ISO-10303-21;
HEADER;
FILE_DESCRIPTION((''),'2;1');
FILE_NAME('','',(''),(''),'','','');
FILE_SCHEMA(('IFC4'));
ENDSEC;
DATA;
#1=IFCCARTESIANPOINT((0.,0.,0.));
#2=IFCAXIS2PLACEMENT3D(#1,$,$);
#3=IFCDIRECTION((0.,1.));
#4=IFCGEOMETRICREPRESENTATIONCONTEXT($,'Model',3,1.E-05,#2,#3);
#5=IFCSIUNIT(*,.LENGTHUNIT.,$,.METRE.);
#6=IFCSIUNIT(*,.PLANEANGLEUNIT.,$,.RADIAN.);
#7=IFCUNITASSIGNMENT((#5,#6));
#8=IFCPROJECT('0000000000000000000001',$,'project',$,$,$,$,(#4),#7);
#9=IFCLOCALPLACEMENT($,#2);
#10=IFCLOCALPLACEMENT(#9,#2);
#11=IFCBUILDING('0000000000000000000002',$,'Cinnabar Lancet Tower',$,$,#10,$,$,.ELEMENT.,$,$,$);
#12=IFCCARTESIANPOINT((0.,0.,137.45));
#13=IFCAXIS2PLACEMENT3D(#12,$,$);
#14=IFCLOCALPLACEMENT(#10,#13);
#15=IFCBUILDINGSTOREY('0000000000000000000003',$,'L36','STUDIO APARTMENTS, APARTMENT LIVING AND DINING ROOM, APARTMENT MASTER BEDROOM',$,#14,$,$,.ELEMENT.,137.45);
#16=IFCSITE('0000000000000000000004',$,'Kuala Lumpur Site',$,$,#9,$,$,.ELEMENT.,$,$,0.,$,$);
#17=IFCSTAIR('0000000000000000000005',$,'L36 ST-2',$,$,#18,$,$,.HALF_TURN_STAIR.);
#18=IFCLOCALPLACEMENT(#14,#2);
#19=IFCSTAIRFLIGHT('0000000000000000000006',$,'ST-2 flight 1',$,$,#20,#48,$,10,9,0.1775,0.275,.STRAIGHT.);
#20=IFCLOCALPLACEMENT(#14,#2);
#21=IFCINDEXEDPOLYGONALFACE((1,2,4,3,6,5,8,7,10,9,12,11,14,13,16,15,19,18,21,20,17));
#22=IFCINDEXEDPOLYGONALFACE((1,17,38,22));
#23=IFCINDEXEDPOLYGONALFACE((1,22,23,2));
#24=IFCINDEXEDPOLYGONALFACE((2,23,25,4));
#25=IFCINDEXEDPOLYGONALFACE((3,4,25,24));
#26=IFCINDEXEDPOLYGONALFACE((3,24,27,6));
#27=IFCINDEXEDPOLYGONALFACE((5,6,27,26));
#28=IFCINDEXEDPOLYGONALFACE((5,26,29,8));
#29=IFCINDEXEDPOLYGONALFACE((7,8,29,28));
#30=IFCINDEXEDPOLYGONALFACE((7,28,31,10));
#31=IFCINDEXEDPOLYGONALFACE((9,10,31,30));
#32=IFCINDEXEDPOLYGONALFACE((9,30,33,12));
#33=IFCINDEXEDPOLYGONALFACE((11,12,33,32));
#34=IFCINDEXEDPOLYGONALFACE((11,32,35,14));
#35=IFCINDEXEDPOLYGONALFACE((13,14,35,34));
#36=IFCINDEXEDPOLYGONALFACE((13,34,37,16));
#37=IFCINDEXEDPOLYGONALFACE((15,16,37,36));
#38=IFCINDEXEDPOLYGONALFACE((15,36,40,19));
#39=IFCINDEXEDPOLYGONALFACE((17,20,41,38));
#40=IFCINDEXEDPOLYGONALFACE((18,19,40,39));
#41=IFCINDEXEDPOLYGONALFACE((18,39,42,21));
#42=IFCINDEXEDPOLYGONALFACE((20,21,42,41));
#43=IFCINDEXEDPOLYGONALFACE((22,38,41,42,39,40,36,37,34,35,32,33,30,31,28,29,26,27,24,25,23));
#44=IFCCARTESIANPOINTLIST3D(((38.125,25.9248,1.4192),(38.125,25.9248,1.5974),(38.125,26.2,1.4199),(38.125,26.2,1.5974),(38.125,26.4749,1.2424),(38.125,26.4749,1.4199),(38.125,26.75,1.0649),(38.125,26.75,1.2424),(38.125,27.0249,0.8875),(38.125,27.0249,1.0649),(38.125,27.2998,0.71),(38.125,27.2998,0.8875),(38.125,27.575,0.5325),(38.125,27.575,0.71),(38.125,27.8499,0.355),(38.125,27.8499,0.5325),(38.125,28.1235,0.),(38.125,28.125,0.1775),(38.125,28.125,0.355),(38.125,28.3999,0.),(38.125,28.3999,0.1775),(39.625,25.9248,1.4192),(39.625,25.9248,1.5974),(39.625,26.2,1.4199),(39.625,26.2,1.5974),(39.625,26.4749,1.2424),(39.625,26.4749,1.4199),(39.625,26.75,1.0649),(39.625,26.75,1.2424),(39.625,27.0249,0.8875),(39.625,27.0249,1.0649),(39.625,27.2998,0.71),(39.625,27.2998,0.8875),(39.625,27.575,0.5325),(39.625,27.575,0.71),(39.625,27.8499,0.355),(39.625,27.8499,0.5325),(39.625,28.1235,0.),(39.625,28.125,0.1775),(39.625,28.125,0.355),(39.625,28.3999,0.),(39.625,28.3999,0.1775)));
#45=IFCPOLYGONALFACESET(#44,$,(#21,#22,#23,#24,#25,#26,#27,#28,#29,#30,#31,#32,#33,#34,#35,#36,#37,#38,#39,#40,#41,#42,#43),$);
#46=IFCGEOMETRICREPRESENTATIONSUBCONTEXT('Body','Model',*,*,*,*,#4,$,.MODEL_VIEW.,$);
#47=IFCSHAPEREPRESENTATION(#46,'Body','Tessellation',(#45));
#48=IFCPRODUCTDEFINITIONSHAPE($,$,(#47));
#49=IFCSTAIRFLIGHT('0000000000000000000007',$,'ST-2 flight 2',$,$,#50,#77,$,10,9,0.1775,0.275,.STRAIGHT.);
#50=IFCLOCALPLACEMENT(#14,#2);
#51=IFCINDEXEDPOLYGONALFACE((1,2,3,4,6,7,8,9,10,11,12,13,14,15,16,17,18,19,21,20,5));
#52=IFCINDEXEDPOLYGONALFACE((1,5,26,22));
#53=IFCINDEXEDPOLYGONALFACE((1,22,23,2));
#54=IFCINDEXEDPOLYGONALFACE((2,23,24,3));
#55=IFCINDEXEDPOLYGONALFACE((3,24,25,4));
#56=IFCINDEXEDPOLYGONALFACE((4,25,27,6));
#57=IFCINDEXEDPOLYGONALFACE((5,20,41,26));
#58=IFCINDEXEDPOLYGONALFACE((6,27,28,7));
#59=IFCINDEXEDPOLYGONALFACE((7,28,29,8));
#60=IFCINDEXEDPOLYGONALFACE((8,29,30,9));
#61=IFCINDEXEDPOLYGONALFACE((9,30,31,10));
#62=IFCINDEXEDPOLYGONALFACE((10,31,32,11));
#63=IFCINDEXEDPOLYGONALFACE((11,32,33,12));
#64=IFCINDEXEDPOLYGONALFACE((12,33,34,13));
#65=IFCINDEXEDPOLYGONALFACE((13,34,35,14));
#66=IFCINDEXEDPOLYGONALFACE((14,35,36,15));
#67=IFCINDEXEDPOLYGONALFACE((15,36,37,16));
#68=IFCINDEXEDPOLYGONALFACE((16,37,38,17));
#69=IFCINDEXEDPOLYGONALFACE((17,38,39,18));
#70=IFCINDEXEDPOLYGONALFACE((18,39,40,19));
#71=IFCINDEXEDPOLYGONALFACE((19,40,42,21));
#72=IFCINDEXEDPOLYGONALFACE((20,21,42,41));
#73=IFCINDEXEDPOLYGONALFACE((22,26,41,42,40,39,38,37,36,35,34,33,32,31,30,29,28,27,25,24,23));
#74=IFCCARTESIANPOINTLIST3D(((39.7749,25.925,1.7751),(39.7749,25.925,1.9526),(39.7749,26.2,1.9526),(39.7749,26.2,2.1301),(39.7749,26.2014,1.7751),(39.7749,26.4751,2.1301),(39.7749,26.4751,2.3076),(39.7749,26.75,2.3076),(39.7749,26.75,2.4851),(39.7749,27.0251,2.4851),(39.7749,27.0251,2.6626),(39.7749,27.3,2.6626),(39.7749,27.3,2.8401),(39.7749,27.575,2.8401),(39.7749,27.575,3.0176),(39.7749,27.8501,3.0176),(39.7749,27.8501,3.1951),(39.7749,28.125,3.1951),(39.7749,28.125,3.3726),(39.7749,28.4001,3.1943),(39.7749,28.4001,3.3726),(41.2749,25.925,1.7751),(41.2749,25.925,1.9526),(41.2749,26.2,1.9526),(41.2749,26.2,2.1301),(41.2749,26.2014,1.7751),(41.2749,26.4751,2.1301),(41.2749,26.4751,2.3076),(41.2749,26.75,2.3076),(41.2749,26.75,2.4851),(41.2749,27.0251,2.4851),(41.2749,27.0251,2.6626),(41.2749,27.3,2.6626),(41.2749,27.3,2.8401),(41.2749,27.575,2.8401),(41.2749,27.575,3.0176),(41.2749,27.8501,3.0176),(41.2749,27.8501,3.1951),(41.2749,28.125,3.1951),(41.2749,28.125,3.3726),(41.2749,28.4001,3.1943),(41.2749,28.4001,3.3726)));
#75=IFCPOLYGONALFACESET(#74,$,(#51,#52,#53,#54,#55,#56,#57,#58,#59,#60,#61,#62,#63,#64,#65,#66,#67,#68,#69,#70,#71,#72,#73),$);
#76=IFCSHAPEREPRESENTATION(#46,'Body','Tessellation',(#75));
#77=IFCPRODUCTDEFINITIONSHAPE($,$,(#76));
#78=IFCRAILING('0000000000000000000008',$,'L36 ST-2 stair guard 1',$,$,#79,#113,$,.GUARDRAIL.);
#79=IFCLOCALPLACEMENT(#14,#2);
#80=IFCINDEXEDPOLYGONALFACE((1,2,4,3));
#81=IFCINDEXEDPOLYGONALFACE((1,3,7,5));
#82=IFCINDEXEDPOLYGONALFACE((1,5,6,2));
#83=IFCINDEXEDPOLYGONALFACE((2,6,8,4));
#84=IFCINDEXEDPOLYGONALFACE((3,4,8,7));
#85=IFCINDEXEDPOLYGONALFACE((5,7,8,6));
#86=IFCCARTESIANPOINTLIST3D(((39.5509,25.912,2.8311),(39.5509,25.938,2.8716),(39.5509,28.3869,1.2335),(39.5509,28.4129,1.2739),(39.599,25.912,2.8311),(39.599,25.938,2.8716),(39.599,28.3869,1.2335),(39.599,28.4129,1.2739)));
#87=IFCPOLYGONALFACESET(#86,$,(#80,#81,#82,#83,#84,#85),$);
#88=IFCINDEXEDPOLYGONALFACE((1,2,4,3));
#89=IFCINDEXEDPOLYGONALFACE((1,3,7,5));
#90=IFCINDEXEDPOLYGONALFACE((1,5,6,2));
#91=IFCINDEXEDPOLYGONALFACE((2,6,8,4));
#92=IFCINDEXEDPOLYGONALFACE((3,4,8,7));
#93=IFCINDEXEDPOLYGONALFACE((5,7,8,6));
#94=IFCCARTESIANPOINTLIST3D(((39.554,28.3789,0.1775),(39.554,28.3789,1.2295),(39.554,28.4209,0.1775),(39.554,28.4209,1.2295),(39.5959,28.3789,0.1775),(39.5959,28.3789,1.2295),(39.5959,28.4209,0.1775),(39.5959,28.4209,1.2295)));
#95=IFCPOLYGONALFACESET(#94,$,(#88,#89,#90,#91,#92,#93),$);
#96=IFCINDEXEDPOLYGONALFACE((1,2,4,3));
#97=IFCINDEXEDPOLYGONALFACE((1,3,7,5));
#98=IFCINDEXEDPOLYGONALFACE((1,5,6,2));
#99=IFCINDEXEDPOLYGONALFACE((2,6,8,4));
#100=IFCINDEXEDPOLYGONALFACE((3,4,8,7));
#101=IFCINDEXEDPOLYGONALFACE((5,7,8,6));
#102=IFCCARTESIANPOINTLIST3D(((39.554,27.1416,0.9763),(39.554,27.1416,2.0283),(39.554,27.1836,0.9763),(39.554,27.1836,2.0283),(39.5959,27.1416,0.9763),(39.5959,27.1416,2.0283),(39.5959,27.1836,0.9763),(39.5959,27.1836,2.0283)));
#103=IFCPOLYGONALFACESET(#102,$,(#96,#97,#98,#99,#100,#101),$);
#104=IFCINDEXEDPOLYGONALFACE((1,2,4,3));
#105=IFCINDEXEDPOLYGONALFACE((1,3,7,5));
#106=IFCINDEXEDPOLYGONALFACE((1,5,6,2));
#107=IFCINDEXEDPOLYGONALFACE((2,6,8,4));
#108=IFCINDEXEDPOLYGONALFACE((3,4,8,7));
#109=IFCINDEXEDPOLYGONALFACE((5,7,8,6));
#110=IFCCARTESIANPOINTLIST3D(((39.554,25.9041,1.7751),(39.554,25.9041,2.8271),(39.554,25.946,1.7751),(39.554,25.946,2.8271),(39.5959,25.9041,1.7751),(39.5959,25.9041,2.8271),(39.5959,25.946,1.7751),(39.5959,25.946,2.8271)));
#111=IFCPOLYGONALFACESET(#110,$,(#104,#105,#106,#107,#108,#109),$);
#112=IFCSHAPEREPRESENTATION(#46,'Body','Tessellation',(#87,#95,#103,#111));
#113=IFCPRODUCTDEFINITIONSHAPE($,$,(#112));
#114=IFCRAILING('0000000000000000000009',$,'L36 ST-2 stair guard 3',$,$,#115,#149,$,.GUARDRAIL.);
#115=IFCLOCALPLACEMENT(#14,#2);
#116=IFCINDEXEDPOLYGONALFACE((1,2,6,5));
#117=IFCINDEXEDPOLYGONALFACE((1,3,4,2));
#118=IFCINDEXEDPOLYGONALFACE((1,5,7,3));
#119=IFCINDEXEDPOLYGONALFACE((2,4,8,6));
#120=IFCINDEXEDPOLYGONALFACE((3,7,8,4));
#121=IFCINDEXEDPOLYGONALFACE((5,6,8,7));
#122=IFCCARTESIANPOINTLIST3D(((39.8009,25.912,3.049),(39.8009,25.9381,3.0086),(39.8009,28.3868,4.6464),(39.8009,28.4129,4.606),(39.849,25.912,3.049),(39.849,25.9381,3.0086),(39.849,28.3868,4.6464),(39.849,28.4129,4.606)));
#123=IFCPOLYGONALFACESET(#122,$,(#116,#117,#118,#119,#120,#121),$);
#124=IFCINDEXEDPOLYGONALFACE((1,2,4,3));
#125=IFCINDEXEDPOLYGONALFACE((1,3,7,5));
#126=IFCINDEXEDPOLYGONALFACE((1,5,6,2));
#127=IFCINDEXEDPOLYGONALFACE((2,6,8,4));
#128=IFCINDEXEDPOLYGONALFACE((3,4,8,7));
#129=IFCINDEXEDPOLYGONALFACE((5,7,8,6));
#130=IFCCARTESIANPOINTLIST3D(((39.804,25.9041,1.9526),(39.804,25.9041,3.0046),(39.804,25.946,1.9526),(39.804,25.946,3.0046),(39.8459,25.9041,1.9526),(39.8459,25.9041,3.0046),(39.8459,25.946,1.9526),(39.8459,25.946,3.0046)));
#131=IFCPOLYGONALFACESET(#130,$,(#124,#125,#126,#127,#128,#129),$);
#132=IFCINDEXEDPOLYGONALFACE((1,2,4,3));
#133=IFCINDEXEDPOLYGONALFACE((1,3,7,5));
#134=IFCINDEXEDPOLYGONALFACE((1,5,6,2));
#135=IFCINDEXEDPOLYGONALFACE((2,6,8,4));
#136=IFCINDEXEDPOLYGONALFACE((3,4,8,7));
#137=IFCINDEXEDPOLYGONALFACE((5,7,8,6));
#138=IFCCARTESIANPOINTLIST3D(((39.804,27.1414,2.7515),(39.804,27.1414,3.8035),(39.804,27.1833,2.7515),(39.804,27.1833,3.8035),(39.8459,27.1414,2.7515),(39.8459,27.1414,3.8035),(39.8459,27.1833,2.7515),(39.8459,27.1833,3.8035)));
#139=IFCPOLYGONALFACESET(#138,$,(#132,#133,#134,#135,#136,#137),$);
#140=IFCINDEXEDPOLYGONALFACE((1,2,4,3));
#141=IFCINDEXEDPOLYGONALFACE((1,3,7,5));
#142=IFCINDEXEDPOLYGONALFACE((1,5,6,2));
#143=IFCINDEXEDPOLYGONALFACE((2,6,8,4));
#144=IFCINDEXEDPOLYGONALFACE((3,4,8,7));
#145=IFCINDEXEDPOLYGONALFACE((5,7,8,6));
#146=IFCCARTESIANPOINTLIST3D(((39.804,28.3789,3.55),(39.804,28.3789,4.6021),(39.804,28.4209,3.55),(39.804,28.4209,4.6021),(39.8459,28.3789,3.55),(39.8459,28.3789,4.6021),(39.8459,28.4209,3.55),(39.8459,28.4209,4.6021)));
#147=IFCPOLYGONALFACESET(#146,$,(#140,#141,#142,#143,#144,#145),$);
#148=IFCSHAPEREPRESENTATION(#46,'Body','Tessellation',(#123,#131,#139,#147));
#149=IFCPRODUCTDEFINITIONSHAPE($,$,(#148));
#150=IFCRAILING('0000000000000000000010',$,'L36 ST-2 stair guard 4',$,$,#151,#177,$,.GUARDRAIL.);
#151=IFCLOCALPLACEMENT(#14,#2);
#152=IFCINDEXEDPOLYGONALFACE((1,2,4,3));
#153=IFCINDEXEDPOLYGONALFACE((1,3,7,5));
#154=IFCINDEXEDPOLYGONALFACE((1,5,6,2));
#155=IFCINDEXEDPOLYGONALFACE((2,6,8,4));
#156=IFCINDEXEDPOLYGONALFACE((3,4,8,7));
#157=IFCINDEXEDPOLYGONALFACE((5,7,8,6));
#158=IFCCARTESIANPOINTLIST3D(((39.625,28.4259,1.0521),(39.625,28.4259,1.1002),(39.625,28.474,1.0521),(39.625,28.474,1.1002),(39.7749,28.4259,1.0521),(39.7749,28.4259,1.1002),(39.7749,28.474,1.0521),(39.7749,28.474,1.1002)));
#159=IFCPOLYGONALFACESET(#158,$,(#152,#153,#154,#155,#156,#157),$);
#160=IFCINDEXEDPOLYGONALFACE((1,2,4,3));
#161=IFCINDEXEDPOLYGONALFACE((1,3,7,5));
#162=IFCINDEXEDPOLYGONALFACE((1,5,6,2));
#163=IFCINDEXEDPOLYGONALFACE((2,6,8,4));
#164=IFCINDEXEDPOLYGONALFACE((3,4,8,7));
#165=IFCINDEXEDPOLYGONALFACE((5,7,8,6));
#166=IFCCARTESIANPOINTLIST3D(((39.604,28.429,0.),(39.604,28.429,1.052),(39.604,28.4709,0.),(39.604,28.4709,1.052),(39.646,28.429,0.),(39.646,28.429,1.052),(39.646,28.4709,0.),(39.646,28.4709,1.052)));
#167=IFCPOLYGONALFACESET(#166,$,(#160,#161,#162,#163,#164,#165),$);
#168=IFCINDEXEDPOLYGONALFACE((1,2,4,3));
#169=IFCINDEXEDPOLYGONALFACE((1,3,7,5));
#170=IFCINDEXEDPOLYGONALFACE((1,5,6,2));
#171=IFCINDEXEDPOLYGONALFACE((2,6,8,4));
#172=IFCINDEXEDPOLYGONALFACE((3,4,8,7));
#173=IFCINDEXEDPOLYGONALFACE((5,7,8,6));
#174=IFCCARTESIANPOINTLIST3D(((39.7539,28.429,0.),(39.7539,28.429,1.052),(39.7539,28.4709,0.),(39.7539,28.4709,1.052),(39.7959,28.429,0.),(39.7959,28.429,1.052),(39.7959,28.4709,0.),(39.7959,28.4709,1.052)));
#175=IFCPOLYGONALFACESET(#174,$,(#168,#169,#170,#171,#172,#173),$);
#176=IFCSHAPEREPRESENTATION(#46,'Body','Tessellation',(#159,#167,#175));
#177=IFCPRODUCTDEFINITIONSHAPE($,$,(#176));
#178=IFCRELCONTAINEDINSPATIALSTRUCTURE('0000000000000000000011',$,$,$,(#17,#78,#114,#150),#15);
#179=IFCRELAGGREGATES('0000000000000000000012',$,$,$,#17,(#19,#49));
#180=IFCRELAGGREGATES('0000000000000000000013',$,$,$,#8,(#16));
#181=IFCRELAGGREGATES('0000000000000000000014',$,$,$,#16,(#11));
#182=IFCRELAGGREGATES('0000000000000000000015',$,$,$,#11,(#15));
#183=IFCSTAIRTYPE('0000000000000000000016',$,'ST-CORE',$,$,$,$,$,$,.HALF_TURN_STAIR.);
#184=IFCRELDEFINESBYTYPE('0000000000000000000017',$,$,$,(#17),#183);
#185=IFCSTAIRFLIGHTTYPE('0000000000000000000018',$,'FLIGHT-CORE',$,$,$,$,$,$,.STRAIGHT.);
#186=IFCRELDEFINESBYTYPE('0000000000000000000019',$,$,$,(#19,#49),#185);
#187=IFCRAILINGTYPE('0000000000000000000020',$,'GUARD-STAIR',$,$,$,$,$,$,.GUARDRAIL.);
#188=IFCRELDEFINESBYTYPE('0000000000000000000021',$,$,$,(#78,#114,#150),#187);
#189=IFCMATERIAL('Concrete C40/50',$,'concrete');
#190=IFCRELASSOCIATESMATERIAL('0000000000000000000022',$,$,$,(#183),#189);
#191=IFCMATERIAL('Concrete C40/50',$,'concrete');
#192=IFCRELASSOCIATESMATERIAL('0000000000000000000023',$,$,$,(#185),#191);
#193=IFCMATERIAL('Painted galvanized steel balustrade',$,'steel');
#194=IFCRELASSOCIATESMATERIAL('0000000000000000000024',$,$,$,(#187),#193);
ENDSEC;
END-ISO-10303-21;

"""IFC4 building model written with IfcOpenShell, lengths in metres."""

from ifc_helpers import new_model, si_unit, direction, frame, origin, origin_2d, place, context, subcontext, project, spatial, polyline, rectangle, outline, extrude, material, type_object, element, aggregate, save


model = new_model("IFC4")

# Units and contexts
model_context = context("Model", 3, precision=1e-05, world=origin(), true_north=direction((0.0, 1.0)))
body_context = subcontext(model_context, "Body", "Model", "MODEL_VIEW")
ifc_project = project(units=[si_unit("LENGTHUNIT", "METRE"), si_unit("PLANEANGLEUNIT", "RADIAN")], contexts=[model_context])

# Site, building, storey
site_placement = place(None, origin())
site = spatial("IfcSite", under=ifc_project, at=site_placement, Name="Kuala Lumpur Site", CompositionType="ELEMENT", RefElevation=0.0)
building_placement = place(site_placement, origin())
building = spatial("IfcBuilding", under=site, at=building_placement, Name="Cinnabar Lancet Tower", CompositionType="ELEMENT")
storey_placement = place(building_placement, frame((0.0, 0.0, 137.45)))
storey = spatial("IfcBuildingStorey", under=building, at=storey_placement, Name="L36", Description="STUDIO APARTMENTS, APARTMENT LIVING AND DINING ROOM, APARTMENT MASTER BEDROOM", CompositionType="ELEMENT", Elevation=137.45)

# Stair, stair flights
ifc_material_1 = material(Name="Concrete C40/50", Category="concrete")
stair_type = type_object("IfcStairType", Name="ST-CORE", PredefinedType="HALF_TURN_STAIR", material=ifc_material_1)
stair_placement = place(storey_placement, origin())
stair = element("IfcStair", 1, at=stair_placement, inside=storey, type_object=stair_type, Name="L36 ST-2", PredefinedType="HALF_TURN_STAIR")
ifc_material_2 = material(Name="Concrete C40/50", Category="concrete")
stair_flight_type = type_object("IfcStairFlightType", Name="FLIGHT-CORE", PredefinedType="STRAIGHT", material=ifc_material_2)
stair_flight_1_placement = place(storey_placement, frame((38.875, 28.3999, 0.0), z_axis=(0.0, 0.0, 1.0), x_axis=(0.0, -1.0, 0.0)))
stair_flight_1 = element("IfcStairFlight", 2, at=stair_flight_1_placement, type_object=stair_flight_type, Name="ST-2 flight 1", NumberOfRisers=10, NumberOfTreads=9, PredefinedType="STRAIGHT", RiserHeight=0.1775, TreadLength=0.275, context=body_context, shape_type="SweptSolid", body=[
    extrude(outline(polyline([(0.0, 0.0), (0.0, 0.1775), (0.2749, 0.1775), (0.2749, 0.355), (0.55, 0.355), (0.55, 0.5325), (0.825, 0.5325), (0.825, 0.71), (1.1001, 0.71), (1.1001, 0.8875), (1.375, 0.8875), (1.375, 1.0649), (1.6499, 1.0649), (1.6499, 1.2424), (1.925, 1.2424), (1.925, 1.4199), (2.2, 1.4199), (2.2, 1.5974), (2.4751, 1.5974), (2.4751, 1.7749), (2.4751, 1.4192), (0.2764, 0.0), (0.0, 0.0)])), frame((0.0, 0.75, 0.0), z_axis=(0.0, -1.0, 0.0), x_axis=(1.0, 0.0, 0.0)), (0.0, 0.0, 1.0), 1.5),
])
stair_flight_2_placement = place(storey_placement, frame((40.5249, 25.925, 1.7751), z_axis=(0.0, 0.0, 1.0), x_axis=(0.0, 1.0, 0.0)))
stair_flight_2 = element("IfcStairFlight", 3, at=stair_flight_2_placement, type_object=stair_flight_type, Name="ST-2 flight 2", NumberOfRisers=10, NumberOfTreads=9, PredefinedType="STRAIGHT", RiserHeight=0.1775, TreadLength=0.275, context=body_context, shape_type="SweptSolid", body=[
    extrude(outline(polyline([(0.0, 0.0), (0.0, 0.1775), (0.2749, 0.1775), (0.2749, 0.355), (0.55, 0.355), (0.55, 0.5325), (0.825, 0.5325), (0.825, 0.71), (1.1001, 0.71), (1.1001, 0.8875), (1.375, 0.8875), (1.375, 1.0649), (1.6499, 1.0649), (1.6499, 1.2424), (1.925, 1.2424), (1.925, 1.4199), (2.2, 1.4199), (2.2, 1.5974), (2.4751, 1.5974), (2.4751, 1.7749), (2.4751, 1.4192), (0.2764, 0.0), (0.0, 0.0)])), frame((0.0, 0.75, 0.0), z_axis=(0.0, -1.0, 0.0), x_axis=(1.0, 0.0, 0.0)), (0.0, 0.0, 1.0), 1.5),
])
aggregate(stair, [stair_flight_1, stair_flight_2])

# Railings
ifc_material_3 = material(Name="Painted galvanized steel balustrade", Category="steel")
railing_type_1 = type_object("IfcRailingType", Name="GUARD-STAIR", PredefinedType="GUARDRAIL", material=ifc_material_3)
railing_1_placement = place(storey_placement, frame((39.575, 28.3999, 0.1775)))
element("IfcRailing", 4, at=railing_1_placement, inside=storey, type_object=railing_type_1, Name="L36 ST-2 stair guard 1", PredefinedType="GUARDRAIL", context=body_context, shape_type="SweptSolid", body=[
    extrude(rectangle(XDim=0.0481, YDim=0.0481, at=origin_2d()), frame((0.0, 0.0, 1.0762), z_axis=(0.0, -0.840146, 0.542361), x_axis=(1.0, 0.0, 0.0)), (0.0, 0.0, 1.0), 2.9458),
    extrude(rectangle(XDim=0.042, YDim=0.042, at=origin_2d()), origin(), (0.0, 0.0, 1.0), 1.052),
    extrude(rectangle(XDim=0.042, YDim=0.042, at=origin_2d()), frame((0.0, -1.2373, 0.7988)), (0.0, 0.0, 1.0), 1.052),
    extrude(rectangle(XDim=0.042, YDim=0.042, at=origin_2d()), frame((0.0, -2.4749, 1.5977)), (0.0, 0.0, 1.0), 1.052),
])
railing_2_placement = place(storey_placement, frame((39.825, 25.925, 1.9526)))
element("IfcRailing", 5, at=railing_2_placement, inside=storey, type_object=railing_type_1, Name="L36 ST-2 stair guard 3", PredefinedType="GUARDRAIL", context=body_context, shape_type="SweptSolid", body=[
    extrude(rectangle(XDim=0.0481, YDim=0.0481, at=origin_2d()), frame((0.0, 0.0, 1.0762), z_axis=(0.0, 0.840183, 0.542302), x_axis=(-1.0, 0.0, 0.0)), (0.0, 0.0, 1.0), 2.9456),
    extrude(rectangle(XDim=0.042, YDim=0.042, at=origin_2d()), origin(), (0.0, 0.0, 1.0), 1.052),
    extrude(rectangle(XDim=0.042, YDim=0.042, at=origin_2d()), frame((0.0, 1.2373, 0.7988)), (0.0, 0.0, 1.0), 1.052),
    extrude(rectangle(XDim=0.042, YDim=0.042, at=origin_2d()), frame((0.0, 2.4749, 1.5974)), (0.0, 0.0, 1.0), 1.052),
])
railing_3_placement = place(storey_placement, frame((39.625, 28.45, 0.0)))
element("IfcRailing", 6, at=railing_3_placement, inside=storey, type_object=railing_type_1, Name="L36 ST-2 stair guard 4", PredefinedType="GUARDRAIL", context=body_context, shape_type="SweptSolid", body=[
    extrude(rectangle(XDim=0.0481, YDim=0.0481, at=origin_2d()), frame((0.0, 0.0, 1.0762), z_axis=(1.0, 0.0, 0.0), x_axis=(0.0, 1.0, 0.0)), (0.0, 0.0, 1.0), 0.1499),
    extrude(rectangle(XDim=0.042, YDim=0.042, at=origin_2d()), origin(), (0.0, 0.0, 1.0), 1.052),
    extrude(rectangle(XDim=0.042, YDim=0.042, at=origin_2d()), frame((0.1499, 0.0, 0.0)), (0.0, 0.0, 1.0), 1.052),
])

save(model, "model.ifc")
